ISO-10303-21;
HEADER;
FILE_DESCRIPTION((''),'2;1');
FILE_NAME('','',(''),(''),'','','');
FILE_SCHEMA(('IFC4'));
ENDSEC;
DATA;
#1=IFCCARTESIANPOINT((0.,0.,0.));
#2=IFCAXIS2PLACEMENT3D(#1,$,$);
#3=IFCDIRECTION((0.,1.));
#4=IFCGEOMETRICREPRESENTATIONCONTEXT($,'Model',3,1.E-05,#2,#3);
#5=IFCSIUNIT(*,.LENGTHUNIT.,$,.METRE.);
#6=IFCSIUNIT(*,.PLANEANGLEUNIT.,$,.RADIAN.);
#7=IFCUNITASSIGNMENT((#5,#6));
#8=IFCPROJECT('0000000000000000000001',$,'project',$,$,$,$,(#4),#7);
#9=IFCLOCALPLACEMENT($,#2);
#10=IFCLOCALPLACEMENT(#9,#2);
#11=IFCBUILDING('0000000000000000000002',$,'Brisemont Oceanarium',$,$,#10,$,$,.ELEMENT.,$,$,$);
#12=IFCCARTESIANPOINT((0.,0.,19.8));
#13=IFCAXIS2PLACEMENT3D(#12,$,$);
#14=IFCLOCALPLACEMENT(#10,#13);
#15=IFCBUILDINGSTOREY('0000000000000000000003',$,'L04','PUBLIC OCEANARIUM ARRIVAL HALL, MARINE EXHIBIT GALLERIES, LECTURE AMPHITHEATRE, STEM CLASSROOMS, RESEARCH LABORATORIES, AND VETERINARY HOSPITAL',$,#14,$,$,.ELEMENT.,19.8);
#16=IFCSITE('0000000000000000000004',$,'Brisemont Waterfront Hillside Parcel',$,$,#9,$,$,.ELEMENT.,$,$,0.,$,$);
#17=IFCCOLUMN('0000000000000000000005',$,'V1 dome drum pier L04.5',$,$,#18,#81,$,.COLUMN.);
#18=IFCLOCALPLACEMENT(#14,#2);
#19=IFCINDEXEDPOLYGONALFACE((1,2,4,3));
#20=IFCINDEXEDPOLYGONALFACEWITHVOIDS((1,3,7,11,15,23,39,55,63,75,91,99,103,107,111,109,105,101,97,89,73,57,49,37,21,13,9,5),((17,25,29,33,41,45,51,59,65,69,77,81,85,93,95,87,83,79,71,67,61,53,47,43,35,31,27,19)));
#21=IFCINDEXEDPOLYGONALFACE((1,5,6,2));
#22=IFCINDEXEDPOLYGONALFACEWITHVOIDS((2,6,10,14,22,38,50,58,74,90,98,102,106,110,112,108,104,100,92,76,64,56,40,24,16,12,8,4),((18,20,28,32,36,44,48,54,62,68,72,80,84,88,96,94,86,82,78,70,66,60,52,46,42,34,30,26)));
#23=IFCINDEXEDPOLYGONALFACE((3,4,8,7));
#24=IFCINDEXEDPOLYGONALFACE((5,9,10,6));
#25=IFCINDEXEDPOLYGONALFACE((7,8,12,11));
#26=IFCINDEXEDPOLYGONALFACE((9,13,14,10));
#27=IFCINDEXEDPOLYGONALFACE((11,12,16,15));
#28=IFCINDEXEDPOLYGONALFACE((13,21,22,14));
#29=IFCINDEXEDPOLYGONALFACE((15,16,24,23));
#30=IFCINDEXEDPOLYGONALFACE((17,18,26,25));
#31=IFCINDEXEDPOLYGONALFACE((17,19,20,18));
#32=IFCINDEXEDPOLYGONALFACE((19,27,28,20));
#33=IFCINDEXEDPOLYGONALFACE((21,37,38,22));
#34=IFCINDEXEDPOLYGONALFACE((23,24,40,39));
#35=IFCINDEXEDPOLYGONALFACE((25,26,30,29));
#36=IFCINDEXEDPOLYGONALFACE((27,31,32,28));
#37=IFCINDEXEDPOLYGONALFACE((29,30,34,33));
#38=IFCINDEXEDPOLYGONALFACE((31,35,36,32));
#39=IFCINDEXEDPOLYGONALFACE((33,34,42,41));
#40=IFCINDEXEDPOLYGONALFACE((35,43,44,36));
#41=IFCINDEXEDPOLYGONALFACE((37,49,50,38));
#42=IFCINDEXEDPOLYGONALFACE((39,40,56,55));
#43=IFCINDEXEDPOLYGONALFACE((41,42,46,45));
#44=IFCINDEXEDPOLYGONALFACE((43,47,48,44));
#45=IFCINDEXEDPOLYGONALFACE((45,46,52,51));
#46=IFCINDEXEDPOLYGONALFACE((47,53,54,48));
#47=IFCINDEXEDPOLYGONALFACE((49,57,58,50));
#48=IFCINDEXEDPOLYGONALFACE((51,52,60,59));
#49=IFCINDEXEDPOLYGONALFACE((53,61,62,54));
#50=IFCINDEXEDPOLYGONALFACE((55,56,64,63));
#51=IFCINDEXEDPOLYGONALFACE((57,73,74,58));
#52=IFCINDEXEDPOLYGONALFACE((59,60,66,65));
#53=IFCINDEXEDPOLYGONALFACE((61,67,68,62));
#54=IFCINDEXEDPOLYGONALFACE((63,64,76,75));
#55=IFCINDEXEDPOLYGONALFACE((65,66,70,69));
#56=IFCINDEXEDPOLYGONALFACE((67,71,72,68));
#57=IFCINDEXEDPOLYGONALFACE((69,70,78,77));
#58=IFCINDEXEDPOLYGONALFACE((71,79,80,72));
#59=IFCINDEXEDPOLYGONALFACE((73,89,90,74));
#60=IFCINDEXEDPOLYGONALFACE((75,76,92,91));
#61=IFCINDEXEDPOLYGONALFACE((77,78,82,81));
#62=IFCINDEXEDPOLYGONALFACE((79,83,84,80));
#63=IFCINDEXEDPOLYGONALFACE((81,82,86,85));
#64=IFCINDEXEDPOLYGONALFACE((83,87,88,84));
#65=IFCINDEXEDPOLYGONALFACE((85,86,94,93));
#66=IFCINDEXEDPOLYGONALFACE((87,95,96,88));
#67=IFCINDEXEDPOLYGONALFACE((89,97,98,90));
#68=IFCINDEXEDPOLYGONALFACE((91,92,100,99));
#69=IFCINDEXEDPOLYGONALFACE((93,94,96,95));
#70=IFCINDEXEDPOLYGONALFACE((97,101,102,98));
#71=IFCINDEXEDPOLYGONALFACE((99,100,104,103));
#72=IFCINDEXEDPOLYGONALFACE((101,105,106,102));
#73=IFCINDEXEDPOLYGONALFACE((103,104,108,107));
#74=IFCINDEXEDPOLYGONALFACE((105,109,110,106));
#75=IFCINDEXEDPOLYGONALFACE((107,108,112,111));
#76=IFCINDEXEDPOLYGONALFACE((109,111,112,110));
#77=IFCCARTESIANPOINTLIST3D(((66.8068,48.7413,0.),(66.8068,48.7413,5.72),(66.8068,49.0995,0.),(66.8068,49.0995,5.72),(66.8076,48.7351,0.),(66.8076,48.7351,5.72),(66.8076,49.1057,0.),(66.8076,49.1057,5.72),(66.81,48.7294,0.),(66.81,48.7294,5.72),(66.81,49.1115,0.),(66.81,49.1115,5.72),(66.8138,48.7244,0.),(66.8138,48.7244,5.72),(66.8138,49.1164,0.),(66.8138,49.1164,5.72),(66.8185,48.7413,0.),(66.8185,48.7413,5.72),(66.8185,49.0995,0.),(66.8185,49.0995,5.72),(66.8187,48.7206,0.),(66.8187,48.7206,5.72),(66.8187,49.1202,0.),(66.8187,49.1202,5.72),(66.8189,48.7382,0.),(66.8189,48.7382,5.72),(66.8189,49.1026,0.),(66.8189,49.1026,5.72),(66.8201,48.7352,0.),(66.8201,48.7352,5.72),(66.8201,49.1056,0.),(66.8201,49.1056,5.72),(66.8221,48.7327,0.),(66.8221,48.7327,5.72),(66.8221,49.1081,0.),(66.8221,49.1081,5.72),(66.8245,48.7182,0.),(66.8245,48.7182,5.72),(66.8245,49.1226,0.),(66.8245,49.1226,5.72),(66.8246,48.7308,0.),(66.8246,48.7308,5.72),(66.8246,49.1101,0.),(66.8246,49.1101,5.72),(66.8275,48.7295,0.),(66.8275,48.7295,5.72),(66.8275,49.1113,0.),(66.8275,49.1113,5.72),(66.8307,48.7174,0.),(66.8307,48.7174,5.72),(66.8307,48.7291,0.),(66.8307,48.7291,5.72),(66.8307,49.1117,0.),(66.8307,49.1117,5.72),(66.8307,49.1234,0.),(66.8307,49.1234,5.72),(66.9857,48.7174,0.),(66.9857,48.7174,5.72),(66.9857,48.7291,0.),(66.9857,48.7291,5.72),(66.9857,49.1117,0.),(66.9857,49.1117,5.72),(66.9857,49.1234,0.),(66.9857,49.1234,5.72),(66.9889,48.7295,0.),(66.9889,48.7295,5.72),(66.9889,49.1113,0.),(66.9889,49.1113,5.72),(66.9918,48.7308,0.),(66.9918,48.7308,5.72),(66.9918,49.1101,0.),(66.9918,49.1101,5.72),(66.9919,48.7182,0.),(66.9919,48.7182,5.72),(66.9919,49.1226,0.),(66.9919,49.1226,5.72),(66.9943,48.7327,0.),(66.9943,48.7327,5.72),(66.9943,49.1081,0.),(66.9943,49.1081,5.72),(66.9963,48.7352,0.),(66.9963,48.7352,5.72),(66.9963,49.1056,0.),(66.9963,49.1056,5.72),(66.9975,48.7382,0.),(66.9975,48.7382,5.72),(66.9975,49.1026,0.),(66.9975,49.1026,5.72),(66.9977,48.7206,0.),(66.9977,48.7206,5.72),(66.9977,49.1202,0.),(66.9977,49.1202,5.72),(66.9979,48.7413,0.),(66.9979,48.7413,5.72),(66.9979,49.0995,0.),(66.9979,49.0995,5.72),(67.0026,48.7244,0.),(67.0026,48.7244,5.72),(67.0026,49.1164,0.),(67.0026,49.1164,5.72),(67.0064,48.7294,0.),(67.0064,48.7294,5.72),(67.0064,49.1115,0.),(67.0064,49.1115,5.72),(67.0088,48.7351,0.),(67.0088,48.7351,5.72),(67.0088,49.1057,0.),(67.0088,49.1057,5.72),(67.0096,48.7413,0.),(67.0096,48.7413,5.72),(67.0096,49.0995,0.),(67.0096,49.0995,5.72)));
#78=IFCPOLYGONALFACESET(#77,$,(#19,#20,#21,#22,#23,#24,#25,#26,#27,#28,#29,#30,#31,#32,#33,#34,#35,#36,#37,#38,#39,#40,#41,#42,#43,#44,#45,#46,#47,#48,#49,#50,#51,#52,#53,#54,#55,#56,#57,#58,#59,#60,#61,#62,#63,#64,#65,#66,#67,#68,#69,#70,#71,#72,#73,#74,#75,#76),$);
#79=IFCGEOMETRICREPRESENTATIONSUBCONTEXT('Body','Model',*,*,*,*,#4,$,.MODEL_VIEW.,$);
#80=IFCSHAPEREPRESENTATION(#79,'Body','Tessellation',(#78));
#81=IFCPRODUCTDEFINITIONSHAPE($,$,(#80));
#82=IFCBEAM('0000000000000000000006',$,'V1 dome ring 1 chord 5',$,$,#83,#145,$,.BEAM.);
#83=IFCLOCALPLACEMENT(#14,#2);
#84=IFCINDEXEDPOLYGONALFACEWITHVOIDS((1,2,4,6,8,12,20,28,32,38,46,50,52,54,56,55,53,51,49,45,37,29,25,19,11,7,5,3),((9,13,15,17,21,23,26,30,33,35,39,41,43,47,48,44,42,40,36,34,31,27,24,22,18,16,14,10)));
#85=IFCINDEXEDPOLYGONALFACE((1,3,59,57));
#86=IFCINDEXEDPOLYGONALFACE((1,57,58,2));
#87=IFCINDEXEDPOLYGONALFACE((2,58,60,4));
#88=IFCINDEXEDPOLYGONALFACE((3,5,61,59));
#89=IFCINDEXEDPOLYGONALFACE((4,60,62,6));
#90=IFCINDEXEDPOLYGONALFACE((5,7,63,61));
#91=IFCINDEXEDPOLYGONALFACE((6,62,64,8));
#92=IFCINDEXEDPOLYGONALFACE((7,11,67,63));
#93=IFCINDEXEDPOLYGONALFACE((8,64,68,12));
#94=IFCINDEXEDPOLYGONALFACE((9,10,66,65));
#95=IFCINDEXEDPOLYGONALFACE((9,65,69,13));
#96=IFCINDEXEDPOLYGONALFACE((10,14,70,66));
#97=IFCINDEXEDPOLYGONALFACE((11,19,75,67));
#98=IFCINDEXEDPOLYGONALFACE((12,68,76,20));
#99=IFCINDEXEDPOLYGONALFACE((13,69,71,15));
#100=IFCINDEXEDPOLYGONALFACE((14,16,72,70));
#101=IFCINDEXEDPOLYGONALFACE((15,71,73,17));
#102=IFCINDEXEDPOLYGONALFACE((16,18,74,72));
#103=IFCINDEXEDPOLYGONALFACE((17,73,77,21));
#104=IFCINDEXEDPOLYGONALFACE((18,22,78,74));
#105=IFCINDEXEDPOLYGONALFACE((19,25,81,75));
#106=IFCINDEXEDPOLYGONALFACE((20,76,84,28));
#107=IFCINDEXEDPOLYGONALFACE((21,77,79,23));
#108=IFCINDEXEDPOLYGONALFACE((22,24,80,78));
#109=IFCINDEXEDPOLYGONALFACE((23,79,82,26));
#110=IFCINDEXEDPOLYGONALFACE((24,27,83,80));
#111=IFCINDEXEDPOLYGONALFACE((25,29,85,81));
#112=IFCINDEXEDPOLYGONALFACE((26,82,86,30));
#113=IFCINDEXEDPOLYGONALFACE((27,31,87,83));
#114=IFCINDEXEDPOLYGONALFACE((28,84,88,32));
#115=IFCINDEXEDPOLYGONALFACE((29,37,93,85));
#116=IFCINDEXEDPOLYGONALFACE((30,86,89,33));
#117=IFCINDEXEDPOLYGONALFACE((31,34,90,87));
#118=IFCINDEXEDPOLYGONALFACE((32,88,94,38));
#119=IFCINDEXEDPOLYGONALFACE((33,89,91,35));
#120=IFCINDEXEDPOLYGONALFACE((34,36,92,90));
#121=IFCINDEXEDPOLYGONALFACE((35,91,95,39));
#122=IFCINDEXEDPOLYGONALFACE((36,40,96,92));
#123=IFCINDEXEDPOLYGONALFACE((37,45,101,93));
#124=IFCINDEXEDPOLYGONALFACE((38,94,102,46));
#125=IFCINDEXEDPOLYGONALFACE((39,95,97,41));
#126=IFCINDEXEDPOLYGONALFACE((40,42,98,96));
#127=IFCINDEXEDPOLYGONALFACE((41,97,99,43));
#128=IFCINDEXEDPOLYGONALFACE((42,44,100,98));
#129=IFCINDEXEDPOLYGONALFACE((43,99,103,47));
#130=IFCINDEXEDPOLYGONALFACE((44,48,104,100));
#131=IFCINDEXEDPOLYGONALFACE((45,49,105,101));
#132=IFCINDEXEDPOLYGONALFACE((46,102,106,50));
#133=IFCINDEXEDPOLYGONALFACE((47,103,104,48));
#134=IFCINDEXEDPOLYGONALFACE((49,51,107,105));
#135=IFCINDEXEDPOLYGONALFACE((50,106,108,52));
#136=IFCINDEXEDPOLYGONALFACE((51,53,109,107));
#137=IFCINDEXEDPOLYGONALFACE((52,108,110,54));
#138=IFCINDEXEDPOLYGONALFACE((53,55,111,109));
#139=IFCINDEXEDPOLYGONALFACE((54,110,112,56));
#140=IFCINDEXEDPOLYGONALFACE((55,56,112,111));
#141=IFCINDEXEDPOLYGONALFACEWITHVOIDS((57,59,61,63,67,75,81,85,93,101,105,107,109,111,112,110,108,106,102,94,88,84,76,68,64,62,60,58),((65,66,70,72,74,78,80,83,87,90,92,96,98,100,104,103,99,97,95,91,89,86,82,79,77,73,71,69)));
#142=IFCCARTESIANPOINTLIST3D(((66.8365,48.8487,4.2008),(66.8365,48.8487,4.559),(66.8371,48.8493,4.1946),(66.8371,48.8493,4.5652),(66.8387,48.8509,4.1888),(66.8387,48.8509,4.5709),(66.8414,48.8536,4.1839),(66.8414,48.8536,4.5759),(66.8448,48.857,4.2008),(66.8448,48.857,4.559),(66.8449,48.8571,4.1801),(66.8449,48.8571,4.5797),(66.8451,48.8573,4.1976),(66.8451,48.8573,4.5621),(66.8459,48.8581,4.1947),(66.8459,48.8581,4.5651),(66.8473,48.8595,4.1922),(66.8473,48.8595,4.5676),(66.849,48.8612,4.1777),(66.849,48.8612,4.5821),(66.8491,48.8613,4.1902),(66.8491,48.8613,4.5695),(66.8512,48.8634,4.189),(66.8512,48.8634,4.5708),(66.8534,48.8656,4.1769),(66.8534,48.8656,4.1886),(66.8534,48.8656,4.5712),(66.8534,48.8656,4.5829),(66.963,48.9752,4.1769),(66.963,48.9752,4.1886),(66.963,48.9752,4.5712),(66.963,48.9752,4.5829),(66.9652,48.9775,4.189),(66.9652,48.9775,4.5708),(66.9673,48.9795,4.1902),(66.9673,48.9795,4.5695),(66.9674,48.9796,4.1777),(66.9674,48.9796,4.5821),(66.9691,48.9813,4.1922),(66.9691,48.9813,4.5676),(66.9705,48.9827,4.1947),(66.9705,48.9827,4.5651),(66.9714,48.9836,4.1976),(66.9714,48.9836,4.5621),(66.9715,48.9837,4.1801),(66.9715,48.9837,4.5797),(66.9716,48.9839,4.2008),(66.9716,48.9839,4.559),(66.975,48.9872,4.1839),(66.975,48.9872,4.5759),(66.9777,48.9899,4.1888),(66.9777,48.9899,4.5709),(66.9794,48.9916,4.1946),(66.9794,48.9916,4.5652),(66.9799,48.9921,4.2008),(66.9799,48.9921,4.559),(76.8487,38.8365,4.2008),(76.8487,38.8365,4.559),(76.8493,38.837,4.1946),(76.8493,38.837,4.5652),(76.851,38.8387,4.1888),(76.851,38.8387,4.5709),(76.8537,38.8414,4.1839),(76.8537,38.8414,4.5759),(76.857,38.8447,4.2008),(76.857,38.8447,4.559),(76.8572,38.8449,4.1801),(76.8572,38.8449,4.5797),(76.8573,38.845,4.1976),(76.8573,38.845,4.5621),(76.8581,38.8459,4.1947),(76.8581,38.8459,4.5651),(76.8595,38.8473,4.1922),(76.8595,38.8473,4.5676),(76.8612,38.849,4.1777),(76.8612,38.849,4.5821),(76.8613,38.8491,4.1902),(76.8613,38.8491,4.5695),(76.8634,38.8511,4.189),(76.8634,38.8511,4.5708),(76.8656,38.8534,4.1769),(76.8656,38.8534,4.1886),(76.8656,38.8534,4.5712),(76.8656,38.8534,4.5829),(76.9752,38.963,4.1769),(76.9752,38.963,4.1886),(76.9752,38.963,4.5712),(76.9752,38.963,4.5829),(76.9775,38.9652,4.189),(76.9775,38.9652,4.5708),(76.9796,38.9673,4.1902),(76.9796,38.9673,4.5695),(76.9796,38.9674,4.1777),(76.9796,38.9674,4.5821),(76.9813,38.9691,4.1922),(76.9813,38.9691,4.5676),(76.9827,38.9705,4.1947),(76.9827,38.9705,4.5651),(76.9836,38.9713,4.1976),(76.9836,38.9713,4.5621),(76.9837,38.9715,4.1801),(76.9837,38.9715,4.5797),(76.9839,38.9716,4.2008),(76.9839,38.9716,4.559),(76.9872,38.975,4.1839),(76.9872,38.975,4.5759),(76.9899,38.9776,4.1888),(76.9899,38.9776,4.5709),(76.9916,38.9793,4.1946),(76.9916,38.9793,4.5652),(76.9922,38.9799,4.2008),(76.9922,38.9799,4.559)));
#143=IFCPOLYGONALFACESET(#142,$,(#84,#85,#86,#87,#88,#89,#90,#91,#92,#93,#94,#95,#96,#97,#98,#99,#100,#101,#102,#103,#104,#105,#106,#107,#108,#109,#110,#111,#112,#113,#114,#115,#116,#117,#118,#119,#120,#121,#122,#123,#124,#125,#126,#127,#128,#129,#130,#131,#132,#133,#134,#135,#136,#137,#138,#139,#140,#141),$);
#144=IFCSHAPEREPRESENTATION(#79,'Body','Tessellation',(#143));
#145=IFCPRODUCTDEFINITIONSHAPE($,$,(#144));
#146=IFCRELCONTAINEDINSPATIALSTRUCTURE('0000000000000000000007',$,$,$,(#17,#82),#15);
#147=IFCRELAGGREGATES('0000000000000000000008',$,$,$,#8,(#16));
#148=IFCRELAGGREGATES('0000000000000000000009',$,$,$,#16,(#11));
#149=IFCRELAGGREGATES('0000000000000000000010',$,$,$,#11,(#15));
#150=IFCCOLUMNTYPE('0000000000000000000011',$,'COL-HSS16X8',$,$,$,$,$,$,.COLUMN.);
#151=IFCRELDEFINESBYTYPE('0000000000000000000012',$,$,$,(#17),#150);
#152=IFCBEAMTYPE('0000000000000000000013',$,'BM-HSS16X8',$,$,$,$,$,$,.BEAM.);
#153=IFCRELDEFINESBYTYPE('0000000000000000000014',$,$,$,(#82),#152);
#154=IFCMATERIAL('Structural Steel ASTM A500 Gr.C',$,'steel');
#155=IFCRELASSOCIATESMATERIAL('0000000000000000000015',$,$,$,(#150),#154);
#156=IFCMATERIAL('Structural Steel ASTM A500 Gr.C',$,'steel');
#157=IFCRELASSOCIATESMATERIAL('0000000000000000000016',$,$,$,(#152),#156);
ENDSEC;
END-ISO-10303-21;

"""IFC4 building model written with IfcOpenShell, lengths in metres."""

from ifc_helpers import new_model, si_unit, direction, frame, origin, origin_2d, place, context, subcontext, project, spatial, hollow_rectangle, extrude, material, material_profile, profile_set, type_object, element, save


model = new_model("IFC4")

# Units and contexts
model_context = context("Model", 3, precision=1e-05, world=origin(), true_north=direction((0.0, 1.0)))
body_context = subcontext(model_context, "Body", "Model", "MODEL_VIEW")
ifc_project = project(units=[si_unit("LENGTHUNIT", "METRE"), si_unit("PLANEANGLEUNIT", "RADIAN")], contexts=[model_context])

# Site, building, storey
site_placement = place(None, origin())
site = spatial("IfcSite", under=ifc_project, at=site_placement, Name="Brisemont Waterfront Hillside Parcel", CompositionType="ELEMENT", RefElevation=0.0)
building_placement = place(site_placement, origin())
building = spatial("IfcBuilding", under=site, at=building_placement, Name="Brisemont Oceanarium", CompositionType="ELEMENT")
storey_placement = place(building_placement, frame((0.0, 0.0, 19.8)))
storey = spatial("IfcBuildingStorey", under=building, at=storey_placement, Name="L04", Description="PUBLIC OCEANARIUM ARRIVAL HALL, MARINE EXHIBIT GALLERIES, LECTURE AMPHITHEATRE, STEM CLASSROOMS, RESEARCH LABORATORIES, AND VETERINARY HOSPITAL", CompositionType="ELEMENT", Elevation=19.8)

# Column
ifc_material_1 = material(Name="Structural Steel ASTM A500 Gr.C", Category="steel")
ifc_material_profile_1 = material_profile(ifc_material_1, hollow_rectangle(XDim=0.2029, YDim=0.406, WallThickness=0.0117, InnerFilletRadius=0.0122, OuterFilletRadius=0.0239, at=origin_2d()), Name="HSS16X8X1/2")
ifc_profile_set_1 = profile_set([ifc_material_profile_1], Name="Structural Steel ASTM A500 Gr.C")
column_type = type_object("IfcColumnType", Name="COL-HSS16X8", PredefinedType="COLUMN", material=ifc_profile_set_1)
column_placement = place(storey_placement, frame((66.9082, 48.9204, 0.0), z_axis=(0.0, 0.0, 1.0), x_axis=(1.0, 0.0, 0.0)))
element("IfcColumn", 1, at=column_placement, inside=storey, type_object=column_type, Name="V1 dome drum pier L04.5", PredefinedType="COLUMN", context=body_context, shape_type="SweptSolid", body=[
    extrude(hollow_rectangle(XDim=0.2029, YDim=0.406, WallThickness=0.0117, InnerFilletRadius=0.0122, OuterFilletRadius=0.0239, at=origin_2d()), origin(), (0.0, 0.0, 1.0), 5.72),
])

# Beam
ifc_material_2 = material(Name="Structural Steel ASTM A500 Gr.C", Category="steel")
ifc_material_profile_2 = material_profile(ifc_material_2, hollow_rectangle(XDim=0.2029, YDim=0.406, WallThickness=0.0117, InnerFilletRadius=0.0122, OuterFilletRadius=0.0239, at=origin_2d()), Name="HSS16X8X1/2")
ifc_profile_set_2 = profile_set([ifc_material_profile_2], Name="Structural Steel ASTM A500 Gr.C")
beam_type = type_object("IfcBeamType", Name="BM-HSS16X8", PredefinedType="BEAM", material=ifc_profile_set_2)
beam_1_placement = place(storey_placement, frame((66.9082, 48.9204, 4.3799), z_axis=(0.707107, -0.707107, 0.0), x_axis=(0.707107, 0.707107, 0.0)))
element("IfcBeam", 2, at=beam_1_placement, inside=storey, type_object=beam_type, Name="V1 dome ring 1 chord 5", PredefinedType="BEAM", context=body_context, shape_type="SweptSolid", body=[
    extrude(hollow_rectangle(XDim=0.2029, YDim=0.406, WallThickness=0.0117, InnerFilletRadius=0.0122, OuterFilletRadius=0.0239, at=origin_2d()), origin(), (0.0, 0.0, 1.0), 14.1594),
])

save(model, "model.ifc")
